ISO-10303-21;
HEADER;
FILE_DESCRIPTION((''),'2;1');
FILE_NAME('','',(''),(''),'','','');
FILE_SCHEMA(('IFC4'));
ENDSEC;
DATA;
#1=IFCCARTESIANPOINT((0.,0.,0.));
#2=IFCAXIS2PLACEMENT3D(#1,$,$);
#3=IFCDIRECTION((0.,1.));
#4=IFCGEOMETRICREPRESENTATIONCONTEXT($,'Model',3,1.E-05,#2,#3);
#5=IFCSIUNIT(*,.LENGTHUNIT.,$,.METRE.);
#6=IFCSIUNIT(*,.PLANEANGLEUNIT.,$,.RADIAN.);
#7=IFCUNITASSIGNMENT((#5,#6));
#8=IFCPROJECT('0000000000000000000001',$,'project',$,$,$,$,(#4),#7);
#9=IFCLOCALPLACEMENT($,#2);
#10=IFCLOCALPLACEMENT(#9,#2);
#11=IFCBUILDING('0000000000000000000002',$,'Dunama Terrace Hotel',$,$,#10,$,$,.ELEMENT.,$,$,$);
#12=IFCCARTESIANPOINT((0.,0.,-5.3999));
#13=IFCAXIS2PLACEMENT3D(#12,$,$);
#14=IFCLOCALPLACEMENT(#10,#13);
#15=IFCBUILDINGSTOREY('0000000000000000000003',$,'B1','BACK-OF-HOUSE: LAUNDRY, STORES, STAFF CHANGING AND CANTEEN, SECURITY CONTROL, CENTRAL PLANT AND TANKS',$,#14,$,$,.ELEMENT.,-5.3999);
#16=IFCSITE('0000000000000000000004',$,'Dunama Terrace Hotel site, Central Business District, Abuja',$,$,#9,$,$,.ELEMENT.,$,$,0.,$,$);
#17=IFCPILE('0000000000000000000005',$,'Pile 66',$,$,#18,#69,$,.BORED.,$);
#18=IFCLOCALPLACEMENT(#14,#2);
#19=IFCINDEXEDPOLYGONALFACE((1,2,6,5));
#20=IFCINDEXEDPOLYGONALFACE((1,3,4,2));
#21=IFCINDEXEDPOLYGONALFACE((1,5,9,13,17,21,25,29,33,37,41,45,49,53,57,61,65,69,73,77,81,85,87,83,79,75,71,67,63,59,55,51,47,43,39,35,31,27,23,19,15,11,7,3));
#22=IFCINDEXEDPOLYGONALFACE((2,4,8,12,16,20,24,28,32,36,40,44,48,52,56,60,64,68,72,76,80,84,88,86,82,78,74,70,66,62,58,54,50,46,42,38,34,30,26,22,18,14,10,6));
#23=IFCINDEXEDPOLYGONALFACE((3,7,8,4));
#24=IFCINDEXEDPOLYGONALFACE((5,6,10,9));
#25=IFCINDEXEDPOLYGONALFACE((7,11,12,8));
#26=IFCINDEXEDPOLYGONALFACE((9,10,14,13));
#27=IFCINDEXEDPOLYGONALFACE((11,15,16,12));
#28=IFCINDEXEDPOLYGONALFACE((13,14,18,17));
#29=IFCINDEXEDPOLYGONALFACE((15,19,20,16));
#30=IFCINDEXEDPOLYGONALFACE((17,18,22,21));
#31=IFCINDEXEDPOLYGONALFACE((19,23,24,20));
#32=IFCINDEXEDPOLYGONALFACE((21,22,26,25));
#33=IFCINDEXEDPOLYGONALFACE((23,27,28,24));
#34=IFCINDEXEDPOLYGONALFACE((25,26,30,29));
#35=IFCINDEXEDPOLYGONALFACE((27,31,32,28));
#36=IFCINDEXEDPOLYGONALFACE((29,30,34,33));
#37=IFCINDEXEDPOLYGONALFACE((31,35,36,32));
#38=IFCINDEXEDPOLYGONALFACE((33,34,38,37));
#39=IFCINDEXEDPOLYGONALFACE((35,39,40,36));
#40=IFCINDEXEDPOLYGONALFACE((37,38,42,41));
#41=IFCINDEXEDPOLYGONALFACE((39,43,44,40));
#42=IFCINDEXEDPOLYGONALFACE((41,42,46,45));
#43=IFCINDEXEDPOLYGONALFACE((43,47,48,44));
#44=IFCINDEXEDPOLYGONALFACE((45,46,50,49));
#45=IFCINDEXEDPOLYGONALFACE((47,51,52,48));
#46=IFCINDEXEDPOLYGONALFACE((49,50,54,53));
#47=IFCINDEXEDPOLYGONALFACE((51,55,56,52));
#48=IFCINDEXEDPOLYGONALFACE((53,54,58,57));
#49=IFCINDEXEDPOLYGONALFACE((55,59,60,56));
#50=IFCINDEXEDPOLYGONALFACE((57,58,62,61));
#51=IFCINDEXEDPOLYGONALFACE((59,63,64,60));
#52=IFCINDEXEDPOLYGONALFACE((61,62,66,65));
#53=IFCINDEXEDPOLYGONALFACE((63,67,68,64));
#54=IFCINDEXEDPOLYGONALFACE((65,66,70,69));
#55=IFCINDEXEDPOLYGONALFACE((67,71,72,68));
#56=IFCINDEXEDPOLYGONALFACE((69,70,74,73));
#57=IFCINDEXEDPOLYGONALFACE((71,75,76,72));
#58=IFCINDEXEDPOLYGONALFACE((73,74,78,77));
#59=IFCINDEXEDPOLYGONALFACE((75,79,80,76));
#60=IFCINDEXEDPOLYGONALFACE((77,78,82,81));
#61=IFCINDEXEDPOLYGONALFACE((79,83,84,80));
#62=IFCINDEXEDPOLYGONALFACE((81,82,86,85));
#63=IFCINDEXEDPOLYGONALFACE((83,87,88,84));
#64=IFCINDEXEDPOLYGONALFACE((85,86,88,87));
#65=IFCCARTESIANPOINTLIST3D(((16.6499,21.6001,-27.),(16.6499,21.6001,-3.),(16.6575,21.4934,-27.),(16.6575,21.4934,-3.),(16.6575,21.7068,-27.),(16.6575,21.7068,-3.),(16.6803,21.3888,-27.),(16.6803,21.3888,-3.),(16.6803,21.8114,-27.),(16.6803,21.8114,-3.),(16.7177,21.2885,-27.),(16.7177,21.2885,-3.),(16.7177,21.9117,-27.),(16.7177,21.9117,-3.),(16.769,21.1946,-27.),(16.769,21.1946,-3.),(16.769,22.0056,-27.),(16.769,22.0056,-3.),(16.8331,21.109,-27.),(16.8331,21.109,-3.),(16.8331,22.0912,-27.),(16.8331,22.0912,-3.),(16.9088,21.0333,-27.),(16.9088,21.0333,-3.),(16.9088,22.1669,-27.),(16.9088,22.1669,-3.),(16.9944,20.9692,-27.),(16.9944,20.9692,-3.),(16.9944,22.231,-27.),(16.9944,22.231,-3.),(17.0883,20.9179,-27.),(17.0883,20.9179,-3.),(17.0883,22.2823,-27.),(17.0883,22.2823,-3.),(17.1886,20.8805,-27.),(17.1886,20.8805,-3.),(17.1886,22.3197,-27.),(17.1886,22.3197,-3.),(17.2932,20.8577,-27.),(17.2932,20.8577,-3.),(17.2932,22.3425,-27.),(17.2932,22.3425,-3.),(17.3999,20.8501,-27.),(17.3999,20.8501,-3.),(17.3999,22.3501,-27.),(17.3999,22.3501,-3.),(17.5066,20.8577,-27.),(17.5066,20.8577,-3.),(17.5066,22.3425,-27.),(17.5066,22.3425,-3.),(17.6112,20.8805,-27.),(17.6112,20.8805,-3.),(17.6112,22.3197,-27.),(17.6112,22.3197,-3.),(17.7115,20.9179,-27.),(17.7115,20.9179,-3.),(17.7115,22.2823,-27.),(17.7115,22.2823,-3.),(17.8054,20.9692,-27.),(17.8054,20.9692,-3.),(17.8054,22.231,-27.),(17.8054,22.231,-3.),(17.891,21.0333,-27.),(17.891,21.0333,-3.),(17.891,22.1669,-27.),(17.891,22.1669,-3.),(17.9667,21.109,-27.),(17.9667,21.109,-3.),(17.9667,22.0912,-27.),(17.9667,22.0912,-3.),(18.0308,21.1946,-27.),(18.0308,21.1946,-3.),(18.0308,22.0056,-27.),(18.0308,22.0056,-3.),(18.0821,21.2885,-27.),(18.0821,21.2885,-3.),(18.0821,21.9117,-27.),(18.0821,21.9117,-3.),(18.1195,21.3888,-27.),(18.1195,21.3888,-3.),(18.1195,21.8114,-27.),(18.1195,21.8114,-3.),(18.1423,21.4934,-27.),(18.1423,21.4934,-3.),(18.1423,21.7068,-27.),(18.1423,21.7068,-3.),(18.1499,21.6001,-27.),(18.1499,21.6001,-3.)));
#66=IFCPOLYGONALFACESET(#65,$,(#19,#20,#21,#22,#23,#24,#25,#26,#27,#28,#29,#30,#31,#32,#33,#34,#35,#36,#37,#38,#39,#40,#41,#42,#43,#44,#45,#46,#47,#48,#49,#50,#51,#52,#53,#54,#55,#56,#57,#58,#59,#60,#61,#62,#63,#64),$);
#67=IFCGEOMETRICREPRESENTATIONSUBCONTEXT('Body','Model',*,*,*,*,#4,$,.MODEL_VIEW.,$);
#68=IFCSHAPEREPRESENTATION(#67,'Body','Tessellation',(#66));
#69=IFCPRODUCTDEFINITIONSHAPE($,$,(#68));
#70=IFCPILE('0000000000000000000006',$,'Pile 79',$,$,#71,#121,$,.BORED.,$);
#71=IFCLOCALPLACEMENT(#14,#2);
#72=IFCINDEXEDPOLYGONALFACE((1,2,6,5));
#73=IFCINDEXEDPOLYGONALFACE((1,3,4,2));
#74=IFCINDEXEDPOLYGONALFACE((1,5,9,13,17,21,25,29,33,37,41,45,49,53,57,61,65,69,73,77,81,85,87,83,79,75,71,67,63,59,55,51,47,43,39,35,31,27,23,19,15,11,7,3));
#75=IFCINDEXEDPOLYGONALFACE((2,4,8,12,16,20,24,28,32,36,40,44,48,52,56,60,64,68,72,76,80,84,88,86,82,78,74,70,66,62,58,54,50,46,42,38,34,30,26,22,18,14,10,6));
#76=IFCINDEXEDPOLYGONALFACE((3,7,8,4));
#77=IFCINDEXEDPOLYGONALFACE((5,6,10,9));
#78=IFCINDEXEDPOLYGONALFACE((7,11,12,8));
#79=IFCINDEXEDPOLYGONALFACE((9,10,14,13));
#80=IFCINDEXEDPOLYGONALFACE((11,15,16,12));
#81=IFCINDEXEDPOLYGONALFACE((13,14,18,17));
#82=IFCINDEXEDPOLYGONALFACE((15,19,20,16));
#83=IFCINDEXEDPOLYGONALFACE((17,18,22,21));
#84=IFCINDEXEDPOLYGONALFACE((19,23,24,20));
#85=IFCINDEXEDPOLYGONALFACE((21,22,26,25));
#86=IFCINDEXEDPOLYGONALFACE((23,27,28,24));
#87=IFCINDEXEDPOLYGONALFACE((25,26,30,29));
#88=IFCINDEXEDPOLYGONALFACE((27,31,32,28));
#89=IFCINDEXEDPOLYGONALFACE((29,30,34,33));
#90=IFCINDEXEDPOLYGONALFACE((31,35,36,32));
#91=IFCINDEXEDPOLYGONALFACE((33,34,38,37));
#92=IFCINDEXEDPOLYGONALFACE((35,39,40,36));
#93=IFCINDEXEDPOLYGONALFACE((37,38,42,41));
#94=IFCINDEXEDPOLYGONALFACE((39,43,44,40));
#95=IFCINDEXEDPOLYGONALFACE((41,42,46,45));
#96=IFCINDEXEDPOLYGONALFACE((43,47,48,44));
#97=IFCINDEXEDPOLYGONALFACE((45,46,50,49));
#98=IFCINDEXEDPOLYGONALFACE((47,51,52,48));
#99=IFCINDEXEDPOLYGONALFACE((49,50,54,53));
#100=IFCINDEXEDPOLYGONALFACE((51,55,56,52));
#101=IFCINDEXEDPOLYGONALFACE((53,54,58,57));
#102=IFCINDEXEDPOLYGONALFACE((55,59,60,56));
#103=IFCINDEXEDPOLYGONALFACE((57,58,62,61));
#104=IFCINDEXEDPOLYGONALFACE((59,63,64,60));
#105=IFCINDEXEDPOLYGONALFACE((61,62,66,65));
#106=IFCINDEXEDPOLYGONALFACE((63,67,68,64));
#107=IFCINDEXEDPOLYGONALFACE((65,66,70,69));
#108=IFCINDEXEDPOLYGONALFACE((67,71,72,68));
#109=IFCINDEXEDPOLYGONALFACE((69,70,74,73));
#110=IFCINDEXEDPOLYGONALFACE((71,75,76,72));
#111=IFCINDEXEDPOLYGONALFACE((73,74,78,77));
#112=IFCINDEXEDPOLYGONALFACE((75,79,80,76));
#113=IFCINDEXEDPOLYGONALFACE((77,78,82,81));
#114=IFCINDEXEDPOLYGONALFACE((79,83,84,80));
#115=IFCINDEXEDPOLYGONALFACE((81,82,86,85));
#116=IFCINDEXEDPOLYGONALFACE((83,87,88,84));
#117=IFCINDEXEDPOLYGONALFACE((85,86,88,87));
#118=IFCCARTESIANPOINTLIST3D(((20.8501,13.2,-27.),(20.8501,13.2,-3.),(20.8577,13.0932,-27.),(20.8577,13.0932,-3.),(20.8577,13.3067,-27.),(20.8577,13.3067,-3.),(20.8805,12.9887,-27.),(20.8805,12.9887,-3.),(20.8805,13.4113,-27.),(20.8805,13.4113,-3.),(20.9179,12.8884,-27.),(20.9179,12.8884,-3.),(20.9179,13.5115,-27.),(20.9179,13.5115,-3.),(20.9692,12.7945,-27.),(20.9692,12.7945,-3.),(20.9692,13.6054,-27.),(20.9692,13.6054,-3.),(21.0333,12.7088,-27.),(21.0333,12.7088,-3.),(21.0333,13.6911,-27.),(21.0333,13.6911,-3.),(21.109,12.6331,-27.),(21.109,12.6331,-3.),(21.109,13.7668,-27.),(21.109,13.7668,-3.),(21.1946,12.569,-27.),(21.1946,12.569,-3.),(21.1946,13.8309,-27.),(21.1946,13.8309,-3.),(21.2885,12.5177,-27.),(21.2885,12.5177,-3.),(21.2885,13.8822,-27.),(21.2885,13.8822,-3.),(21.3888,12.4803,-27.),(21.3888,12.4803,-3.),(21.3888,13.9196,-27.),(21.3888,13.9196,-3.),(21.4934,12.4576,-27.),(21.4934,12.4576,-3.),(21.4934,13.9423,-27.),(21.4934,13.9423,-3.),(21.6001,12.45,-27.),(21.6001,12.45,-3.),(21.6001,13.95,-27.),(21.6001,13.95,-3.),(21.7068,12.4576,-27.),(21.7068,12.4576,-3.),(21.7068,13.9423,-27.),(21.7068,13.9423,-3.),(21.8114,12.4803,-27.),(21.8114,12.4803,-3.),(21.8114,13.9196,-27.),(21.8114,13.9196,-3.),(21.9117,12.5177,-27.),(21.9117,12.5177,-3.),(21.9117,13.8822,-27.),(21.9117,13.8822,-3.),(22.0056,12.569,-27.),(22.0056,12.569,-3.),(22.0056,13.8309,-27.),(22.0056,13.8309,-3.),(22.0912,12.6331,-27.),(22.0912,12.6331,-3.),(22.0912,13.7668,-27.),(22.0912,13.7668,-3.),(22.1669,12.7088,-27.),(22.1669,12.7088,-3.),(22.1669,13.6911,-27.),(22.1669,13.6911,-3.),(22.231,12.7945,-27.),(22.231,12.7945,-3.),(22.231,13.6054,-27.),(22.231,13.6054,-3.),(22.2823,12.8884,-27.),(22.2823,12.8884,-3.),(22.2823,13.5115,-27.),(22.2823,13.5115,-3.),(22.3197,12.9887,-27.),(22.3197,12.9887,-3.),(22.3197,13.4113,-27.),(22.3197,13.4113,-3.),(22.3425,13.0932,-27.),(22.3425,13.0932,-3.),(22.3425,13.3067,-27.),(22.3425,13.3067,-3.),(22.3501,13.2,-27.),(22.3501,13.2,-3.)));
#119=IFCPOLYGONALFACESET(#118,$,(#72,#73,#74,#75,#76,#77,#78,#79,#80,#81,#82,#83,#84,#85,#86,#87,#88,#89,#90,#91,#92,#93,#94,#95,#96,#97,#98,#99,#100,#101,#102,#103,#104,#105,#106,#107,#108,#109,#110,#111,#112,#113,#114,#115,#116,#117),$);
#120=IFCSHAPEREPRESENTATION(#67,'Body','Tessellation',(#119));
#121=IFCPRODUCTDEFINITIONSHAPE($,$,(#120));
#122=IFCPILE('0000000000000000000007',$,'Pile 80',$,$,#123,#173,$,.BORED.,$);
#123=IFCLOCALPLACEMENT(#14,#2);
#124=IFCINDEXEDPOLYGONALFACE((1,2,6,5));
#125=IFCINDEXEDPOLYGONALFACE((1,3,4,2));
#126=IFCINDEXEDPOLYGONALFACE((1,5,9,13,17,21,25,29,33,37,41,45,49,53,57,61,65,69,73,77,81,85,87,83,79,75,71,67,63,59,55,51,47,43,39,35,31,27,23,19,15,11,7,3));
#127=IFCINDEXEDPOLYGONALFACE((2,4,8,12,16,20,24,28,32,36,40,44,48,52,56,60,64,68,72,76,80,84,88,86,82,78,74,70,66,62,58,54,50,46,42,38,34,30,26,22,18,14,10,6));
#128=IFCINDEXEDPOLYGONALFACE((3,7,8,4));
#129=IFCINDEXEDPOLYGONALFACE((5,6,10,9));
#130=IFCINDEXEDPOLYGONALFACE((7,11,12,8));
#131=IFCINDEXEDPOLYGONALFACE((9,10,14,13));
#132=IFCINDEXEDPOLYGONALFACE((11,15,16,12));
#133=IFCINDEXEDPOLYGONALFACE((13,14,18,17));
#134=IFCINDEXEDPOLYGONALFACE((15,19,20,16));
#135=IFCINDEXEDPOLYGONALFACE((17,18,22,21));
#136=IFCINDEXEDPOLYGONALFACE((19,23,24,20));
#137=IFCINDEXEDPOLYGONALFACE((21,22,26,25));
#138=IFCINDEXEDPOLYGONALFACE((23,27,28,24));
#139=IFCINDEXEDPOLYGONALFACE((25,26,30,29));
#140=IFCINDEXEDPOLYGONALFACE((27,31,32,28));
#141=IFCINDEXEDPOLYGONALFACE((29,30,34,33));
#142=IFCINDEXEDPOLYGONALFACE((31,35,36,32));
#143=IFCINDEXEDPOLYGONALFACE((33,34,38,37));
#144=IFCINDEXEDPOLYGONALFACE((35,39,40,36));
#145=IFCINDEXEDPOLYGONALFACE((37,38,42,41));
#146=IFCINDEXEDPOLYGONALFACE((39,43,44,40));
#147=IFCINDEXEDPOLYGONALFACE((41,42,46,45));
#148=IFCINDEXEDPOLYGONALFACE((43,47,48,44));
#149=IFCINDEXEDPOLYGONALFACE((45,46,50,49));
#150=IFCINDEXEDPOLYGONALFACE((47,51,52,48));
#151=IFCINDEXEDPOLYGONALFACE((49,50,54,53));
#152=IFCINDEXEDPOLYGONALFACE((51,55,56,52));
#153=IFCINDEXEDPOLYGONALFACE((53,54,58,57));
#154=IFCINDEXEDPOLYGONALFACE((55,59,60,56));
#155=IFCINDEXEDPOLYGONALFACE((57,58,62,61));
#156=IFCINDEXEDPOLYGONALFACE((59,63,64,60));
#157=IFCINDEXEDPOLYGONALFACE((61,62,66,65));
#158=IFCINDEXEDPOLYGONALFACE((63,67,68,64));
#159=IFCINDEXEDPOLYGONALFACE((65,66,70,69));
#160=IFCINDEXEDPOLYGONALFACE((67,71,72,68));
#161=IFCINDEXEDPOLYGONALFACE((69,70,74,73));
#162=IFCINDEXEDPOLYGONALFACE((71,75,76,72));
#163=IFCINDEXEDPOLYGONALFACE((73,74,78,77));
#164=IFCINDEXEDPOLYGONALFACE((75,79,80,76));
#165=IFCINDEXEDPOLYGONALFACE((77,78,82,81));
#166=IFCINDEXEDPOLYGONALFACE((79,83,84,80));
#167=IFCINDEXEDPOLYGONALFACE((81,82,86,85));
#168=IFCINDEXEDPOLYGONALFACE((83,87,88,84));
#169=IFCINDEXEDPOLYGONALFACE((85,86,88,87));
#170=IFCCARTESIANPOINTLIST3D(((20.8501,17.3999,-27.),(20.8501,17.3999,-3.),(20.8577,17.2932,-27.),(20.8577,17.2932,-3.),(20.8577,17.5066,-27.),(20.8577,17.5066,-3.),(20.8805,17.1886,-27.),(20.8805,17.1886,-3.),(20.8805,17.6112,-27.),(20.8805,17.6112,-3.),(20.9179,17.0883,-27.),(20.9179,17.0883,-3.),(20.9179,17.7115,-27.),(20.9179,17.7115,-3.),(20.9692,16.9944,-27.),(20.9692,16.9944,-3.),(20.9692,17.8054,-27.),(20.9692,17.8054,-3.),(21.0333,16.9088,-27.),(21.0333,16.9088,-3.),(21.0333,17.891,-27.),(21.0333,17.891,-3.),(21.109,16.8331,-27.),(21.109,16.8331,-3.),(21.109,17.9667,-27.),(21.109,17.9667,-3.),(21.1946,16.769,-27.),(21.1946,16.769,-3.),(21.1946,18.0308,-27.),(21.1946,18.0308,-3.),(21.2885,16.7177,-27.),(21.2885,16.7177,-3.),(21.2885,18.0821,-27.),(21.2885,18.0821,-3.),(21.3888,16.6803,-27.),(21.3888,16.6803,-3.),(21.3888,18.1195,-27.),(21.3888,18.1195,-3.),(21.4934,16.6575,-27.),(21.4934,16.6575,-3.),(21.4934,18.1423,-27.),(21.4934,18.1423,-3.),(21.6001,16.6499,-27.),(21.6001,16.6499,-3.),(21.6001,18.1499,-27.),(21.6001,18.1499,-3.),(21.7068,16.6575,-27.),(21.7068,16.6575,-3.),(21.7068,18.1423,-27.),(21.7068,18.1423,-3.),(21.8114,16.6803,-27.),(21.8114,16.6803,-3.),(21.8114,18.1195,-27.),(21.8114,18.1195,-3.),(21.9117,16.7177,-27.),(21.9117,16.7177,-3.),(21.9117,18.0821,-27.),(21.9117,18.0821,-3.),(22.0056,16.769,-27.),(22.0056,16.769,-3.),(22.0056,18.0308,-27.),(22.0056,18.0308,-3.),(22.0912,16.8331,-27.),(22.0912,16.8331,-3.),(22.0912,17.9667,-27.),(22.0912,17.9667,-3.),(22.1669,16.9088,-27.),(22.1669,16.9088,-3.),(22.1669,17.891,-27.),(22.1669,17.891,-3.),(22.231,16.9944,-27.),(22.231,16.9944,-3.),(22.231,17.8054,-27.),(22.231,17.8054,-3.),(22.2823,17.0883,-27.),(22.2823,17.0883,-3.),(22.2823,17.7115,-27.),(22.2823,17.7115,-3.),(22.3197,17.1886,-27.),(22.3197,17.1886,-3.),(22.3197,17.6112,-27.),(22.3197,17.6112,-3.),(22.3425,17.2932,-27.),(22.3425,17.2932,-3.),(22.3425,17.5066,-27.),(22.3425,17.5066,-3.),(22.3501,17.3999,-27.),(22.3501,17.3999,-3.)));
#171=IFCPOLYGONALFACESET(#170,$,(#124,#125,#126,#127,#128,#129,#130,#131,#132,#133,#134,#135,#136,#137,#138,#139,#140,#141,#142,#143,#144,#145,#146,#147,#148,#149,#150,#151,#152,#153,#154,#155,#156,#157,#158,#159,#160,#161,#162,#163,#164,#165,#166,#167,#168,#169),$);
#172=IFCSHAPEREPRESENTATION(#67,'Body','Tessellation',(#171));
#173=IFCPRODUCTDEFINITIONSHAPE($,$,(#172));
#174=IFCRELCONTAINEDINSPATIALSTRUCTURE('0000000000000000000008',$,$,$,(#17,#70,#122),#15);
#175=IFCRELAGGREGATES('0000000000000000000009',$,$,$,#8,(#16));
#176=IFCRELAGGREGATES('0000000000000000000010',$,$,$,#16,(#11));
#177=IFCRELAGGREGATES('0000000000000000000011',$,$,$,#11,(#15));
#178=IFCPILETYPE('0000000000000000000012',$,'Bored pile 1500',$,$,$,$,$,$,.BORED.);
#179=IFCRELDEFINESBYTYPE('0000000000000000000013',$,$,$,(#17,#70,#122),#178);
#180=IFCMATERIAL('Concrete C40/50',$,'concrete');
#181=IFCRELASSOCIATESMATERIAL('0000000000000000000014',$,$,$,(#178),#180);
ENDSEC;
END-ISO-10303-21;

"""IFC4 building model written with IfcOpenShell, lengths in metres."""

from ifc_helpers import new_model, si_unit, direction, frame, origin, origin_2d, place, context, subcontext, project, spatial, circle, extrude, material, material_profile, profile_set, type_object, element, save


model = new_model("IFC4")

# Units and contexts
model_context = context("Model", 3, precision=1e-05, world=origin(), true_north=direction((0.0, 1.0)))
body_context = subcontext(model_context, "Body", "Model", "MODEL_VIEW")
ifc_project = project(units=[si_unit("LENGTHUNIT", "METRE"), si_unit("PLANEANGLEUNIT", "RADIAN")], contexts=[model_context])

# Site, building, storey
site_placement = place(None, origin())
site = spatial("IfcSite", under=ifc_project, at=site_placement, Name="Dunama Terrace Hotel site, Central Business District, Abuja", CompositionType="ELEMENT", RefElevation=0.0)
building_placement = place(site_placement, origin())
building = spatial("IfcBuilding", under=site, at=building_placement, Name="Dunama Terrace Hotel", CompositionType="ELEMENT")
storey_placement = place(building_placement, frame((0.0, 0.0, -5.3999)))
storey = spatial("IfcBuildingStorey", under=building, at=storey_placement, Name="B1", Description="BACK-OF-HOUSE: LAUNDRY, STORES, STAFF CHANGING AND CANTEEN, SECURITY CONTROL, CENTRAL PLANT AND TANKS", CompositionType="ELEMENT", Elevation=-5.3999)

# Piles
ifc_material_1 = material(Name="Concrete C40/50", Category="concrete")
ifc_material_profile_1 = material_profile(ifc_material_1, circle(Radius=0.75, at=origin_2d()), Name="PILE D1500")
ifc_profile_set_1 = profile_set([ifc_material_profile_1], Name="Concrete C40/50")
pile_type = type_object("IfcPileType", Name="Bored pile 1500", PredefinedType="BORED", material=ifc_profile_set_1)
for number, where, z_axis, x_axis, name in (
    (1, (17.3999, 21.6001, -3.0), (0.0, 0.0, -1.0), (1.0, 0.0, 0.0), "Pile 66"),
    (2, (21.6001, 13.2, -3.0), (0.0, 0.0, -1.0), (1.0, 0.0, 0.0), "Pile 79"),
    (3, (21.6001, 17.3999, -3.0), (0.0, 0.0, -1.0), (1.0, 0.0, 0.0), "Pile 80"),
):
    element("IfcPile", number, at=place(storey_placement, frame(where, z_axis=z_axis, x_axis=x_axis)), inside=storey, type_object=pile_type, Name=name, PredefinedType="BORED", context=body_context, shape_type="SweptSolid", body=[
        extrude(circle(Radius=0.75, at=origin_2d()), origin(), (0.0, 0.0, 1.0), 24.0),
    ])

save(model, "model.ifc")
